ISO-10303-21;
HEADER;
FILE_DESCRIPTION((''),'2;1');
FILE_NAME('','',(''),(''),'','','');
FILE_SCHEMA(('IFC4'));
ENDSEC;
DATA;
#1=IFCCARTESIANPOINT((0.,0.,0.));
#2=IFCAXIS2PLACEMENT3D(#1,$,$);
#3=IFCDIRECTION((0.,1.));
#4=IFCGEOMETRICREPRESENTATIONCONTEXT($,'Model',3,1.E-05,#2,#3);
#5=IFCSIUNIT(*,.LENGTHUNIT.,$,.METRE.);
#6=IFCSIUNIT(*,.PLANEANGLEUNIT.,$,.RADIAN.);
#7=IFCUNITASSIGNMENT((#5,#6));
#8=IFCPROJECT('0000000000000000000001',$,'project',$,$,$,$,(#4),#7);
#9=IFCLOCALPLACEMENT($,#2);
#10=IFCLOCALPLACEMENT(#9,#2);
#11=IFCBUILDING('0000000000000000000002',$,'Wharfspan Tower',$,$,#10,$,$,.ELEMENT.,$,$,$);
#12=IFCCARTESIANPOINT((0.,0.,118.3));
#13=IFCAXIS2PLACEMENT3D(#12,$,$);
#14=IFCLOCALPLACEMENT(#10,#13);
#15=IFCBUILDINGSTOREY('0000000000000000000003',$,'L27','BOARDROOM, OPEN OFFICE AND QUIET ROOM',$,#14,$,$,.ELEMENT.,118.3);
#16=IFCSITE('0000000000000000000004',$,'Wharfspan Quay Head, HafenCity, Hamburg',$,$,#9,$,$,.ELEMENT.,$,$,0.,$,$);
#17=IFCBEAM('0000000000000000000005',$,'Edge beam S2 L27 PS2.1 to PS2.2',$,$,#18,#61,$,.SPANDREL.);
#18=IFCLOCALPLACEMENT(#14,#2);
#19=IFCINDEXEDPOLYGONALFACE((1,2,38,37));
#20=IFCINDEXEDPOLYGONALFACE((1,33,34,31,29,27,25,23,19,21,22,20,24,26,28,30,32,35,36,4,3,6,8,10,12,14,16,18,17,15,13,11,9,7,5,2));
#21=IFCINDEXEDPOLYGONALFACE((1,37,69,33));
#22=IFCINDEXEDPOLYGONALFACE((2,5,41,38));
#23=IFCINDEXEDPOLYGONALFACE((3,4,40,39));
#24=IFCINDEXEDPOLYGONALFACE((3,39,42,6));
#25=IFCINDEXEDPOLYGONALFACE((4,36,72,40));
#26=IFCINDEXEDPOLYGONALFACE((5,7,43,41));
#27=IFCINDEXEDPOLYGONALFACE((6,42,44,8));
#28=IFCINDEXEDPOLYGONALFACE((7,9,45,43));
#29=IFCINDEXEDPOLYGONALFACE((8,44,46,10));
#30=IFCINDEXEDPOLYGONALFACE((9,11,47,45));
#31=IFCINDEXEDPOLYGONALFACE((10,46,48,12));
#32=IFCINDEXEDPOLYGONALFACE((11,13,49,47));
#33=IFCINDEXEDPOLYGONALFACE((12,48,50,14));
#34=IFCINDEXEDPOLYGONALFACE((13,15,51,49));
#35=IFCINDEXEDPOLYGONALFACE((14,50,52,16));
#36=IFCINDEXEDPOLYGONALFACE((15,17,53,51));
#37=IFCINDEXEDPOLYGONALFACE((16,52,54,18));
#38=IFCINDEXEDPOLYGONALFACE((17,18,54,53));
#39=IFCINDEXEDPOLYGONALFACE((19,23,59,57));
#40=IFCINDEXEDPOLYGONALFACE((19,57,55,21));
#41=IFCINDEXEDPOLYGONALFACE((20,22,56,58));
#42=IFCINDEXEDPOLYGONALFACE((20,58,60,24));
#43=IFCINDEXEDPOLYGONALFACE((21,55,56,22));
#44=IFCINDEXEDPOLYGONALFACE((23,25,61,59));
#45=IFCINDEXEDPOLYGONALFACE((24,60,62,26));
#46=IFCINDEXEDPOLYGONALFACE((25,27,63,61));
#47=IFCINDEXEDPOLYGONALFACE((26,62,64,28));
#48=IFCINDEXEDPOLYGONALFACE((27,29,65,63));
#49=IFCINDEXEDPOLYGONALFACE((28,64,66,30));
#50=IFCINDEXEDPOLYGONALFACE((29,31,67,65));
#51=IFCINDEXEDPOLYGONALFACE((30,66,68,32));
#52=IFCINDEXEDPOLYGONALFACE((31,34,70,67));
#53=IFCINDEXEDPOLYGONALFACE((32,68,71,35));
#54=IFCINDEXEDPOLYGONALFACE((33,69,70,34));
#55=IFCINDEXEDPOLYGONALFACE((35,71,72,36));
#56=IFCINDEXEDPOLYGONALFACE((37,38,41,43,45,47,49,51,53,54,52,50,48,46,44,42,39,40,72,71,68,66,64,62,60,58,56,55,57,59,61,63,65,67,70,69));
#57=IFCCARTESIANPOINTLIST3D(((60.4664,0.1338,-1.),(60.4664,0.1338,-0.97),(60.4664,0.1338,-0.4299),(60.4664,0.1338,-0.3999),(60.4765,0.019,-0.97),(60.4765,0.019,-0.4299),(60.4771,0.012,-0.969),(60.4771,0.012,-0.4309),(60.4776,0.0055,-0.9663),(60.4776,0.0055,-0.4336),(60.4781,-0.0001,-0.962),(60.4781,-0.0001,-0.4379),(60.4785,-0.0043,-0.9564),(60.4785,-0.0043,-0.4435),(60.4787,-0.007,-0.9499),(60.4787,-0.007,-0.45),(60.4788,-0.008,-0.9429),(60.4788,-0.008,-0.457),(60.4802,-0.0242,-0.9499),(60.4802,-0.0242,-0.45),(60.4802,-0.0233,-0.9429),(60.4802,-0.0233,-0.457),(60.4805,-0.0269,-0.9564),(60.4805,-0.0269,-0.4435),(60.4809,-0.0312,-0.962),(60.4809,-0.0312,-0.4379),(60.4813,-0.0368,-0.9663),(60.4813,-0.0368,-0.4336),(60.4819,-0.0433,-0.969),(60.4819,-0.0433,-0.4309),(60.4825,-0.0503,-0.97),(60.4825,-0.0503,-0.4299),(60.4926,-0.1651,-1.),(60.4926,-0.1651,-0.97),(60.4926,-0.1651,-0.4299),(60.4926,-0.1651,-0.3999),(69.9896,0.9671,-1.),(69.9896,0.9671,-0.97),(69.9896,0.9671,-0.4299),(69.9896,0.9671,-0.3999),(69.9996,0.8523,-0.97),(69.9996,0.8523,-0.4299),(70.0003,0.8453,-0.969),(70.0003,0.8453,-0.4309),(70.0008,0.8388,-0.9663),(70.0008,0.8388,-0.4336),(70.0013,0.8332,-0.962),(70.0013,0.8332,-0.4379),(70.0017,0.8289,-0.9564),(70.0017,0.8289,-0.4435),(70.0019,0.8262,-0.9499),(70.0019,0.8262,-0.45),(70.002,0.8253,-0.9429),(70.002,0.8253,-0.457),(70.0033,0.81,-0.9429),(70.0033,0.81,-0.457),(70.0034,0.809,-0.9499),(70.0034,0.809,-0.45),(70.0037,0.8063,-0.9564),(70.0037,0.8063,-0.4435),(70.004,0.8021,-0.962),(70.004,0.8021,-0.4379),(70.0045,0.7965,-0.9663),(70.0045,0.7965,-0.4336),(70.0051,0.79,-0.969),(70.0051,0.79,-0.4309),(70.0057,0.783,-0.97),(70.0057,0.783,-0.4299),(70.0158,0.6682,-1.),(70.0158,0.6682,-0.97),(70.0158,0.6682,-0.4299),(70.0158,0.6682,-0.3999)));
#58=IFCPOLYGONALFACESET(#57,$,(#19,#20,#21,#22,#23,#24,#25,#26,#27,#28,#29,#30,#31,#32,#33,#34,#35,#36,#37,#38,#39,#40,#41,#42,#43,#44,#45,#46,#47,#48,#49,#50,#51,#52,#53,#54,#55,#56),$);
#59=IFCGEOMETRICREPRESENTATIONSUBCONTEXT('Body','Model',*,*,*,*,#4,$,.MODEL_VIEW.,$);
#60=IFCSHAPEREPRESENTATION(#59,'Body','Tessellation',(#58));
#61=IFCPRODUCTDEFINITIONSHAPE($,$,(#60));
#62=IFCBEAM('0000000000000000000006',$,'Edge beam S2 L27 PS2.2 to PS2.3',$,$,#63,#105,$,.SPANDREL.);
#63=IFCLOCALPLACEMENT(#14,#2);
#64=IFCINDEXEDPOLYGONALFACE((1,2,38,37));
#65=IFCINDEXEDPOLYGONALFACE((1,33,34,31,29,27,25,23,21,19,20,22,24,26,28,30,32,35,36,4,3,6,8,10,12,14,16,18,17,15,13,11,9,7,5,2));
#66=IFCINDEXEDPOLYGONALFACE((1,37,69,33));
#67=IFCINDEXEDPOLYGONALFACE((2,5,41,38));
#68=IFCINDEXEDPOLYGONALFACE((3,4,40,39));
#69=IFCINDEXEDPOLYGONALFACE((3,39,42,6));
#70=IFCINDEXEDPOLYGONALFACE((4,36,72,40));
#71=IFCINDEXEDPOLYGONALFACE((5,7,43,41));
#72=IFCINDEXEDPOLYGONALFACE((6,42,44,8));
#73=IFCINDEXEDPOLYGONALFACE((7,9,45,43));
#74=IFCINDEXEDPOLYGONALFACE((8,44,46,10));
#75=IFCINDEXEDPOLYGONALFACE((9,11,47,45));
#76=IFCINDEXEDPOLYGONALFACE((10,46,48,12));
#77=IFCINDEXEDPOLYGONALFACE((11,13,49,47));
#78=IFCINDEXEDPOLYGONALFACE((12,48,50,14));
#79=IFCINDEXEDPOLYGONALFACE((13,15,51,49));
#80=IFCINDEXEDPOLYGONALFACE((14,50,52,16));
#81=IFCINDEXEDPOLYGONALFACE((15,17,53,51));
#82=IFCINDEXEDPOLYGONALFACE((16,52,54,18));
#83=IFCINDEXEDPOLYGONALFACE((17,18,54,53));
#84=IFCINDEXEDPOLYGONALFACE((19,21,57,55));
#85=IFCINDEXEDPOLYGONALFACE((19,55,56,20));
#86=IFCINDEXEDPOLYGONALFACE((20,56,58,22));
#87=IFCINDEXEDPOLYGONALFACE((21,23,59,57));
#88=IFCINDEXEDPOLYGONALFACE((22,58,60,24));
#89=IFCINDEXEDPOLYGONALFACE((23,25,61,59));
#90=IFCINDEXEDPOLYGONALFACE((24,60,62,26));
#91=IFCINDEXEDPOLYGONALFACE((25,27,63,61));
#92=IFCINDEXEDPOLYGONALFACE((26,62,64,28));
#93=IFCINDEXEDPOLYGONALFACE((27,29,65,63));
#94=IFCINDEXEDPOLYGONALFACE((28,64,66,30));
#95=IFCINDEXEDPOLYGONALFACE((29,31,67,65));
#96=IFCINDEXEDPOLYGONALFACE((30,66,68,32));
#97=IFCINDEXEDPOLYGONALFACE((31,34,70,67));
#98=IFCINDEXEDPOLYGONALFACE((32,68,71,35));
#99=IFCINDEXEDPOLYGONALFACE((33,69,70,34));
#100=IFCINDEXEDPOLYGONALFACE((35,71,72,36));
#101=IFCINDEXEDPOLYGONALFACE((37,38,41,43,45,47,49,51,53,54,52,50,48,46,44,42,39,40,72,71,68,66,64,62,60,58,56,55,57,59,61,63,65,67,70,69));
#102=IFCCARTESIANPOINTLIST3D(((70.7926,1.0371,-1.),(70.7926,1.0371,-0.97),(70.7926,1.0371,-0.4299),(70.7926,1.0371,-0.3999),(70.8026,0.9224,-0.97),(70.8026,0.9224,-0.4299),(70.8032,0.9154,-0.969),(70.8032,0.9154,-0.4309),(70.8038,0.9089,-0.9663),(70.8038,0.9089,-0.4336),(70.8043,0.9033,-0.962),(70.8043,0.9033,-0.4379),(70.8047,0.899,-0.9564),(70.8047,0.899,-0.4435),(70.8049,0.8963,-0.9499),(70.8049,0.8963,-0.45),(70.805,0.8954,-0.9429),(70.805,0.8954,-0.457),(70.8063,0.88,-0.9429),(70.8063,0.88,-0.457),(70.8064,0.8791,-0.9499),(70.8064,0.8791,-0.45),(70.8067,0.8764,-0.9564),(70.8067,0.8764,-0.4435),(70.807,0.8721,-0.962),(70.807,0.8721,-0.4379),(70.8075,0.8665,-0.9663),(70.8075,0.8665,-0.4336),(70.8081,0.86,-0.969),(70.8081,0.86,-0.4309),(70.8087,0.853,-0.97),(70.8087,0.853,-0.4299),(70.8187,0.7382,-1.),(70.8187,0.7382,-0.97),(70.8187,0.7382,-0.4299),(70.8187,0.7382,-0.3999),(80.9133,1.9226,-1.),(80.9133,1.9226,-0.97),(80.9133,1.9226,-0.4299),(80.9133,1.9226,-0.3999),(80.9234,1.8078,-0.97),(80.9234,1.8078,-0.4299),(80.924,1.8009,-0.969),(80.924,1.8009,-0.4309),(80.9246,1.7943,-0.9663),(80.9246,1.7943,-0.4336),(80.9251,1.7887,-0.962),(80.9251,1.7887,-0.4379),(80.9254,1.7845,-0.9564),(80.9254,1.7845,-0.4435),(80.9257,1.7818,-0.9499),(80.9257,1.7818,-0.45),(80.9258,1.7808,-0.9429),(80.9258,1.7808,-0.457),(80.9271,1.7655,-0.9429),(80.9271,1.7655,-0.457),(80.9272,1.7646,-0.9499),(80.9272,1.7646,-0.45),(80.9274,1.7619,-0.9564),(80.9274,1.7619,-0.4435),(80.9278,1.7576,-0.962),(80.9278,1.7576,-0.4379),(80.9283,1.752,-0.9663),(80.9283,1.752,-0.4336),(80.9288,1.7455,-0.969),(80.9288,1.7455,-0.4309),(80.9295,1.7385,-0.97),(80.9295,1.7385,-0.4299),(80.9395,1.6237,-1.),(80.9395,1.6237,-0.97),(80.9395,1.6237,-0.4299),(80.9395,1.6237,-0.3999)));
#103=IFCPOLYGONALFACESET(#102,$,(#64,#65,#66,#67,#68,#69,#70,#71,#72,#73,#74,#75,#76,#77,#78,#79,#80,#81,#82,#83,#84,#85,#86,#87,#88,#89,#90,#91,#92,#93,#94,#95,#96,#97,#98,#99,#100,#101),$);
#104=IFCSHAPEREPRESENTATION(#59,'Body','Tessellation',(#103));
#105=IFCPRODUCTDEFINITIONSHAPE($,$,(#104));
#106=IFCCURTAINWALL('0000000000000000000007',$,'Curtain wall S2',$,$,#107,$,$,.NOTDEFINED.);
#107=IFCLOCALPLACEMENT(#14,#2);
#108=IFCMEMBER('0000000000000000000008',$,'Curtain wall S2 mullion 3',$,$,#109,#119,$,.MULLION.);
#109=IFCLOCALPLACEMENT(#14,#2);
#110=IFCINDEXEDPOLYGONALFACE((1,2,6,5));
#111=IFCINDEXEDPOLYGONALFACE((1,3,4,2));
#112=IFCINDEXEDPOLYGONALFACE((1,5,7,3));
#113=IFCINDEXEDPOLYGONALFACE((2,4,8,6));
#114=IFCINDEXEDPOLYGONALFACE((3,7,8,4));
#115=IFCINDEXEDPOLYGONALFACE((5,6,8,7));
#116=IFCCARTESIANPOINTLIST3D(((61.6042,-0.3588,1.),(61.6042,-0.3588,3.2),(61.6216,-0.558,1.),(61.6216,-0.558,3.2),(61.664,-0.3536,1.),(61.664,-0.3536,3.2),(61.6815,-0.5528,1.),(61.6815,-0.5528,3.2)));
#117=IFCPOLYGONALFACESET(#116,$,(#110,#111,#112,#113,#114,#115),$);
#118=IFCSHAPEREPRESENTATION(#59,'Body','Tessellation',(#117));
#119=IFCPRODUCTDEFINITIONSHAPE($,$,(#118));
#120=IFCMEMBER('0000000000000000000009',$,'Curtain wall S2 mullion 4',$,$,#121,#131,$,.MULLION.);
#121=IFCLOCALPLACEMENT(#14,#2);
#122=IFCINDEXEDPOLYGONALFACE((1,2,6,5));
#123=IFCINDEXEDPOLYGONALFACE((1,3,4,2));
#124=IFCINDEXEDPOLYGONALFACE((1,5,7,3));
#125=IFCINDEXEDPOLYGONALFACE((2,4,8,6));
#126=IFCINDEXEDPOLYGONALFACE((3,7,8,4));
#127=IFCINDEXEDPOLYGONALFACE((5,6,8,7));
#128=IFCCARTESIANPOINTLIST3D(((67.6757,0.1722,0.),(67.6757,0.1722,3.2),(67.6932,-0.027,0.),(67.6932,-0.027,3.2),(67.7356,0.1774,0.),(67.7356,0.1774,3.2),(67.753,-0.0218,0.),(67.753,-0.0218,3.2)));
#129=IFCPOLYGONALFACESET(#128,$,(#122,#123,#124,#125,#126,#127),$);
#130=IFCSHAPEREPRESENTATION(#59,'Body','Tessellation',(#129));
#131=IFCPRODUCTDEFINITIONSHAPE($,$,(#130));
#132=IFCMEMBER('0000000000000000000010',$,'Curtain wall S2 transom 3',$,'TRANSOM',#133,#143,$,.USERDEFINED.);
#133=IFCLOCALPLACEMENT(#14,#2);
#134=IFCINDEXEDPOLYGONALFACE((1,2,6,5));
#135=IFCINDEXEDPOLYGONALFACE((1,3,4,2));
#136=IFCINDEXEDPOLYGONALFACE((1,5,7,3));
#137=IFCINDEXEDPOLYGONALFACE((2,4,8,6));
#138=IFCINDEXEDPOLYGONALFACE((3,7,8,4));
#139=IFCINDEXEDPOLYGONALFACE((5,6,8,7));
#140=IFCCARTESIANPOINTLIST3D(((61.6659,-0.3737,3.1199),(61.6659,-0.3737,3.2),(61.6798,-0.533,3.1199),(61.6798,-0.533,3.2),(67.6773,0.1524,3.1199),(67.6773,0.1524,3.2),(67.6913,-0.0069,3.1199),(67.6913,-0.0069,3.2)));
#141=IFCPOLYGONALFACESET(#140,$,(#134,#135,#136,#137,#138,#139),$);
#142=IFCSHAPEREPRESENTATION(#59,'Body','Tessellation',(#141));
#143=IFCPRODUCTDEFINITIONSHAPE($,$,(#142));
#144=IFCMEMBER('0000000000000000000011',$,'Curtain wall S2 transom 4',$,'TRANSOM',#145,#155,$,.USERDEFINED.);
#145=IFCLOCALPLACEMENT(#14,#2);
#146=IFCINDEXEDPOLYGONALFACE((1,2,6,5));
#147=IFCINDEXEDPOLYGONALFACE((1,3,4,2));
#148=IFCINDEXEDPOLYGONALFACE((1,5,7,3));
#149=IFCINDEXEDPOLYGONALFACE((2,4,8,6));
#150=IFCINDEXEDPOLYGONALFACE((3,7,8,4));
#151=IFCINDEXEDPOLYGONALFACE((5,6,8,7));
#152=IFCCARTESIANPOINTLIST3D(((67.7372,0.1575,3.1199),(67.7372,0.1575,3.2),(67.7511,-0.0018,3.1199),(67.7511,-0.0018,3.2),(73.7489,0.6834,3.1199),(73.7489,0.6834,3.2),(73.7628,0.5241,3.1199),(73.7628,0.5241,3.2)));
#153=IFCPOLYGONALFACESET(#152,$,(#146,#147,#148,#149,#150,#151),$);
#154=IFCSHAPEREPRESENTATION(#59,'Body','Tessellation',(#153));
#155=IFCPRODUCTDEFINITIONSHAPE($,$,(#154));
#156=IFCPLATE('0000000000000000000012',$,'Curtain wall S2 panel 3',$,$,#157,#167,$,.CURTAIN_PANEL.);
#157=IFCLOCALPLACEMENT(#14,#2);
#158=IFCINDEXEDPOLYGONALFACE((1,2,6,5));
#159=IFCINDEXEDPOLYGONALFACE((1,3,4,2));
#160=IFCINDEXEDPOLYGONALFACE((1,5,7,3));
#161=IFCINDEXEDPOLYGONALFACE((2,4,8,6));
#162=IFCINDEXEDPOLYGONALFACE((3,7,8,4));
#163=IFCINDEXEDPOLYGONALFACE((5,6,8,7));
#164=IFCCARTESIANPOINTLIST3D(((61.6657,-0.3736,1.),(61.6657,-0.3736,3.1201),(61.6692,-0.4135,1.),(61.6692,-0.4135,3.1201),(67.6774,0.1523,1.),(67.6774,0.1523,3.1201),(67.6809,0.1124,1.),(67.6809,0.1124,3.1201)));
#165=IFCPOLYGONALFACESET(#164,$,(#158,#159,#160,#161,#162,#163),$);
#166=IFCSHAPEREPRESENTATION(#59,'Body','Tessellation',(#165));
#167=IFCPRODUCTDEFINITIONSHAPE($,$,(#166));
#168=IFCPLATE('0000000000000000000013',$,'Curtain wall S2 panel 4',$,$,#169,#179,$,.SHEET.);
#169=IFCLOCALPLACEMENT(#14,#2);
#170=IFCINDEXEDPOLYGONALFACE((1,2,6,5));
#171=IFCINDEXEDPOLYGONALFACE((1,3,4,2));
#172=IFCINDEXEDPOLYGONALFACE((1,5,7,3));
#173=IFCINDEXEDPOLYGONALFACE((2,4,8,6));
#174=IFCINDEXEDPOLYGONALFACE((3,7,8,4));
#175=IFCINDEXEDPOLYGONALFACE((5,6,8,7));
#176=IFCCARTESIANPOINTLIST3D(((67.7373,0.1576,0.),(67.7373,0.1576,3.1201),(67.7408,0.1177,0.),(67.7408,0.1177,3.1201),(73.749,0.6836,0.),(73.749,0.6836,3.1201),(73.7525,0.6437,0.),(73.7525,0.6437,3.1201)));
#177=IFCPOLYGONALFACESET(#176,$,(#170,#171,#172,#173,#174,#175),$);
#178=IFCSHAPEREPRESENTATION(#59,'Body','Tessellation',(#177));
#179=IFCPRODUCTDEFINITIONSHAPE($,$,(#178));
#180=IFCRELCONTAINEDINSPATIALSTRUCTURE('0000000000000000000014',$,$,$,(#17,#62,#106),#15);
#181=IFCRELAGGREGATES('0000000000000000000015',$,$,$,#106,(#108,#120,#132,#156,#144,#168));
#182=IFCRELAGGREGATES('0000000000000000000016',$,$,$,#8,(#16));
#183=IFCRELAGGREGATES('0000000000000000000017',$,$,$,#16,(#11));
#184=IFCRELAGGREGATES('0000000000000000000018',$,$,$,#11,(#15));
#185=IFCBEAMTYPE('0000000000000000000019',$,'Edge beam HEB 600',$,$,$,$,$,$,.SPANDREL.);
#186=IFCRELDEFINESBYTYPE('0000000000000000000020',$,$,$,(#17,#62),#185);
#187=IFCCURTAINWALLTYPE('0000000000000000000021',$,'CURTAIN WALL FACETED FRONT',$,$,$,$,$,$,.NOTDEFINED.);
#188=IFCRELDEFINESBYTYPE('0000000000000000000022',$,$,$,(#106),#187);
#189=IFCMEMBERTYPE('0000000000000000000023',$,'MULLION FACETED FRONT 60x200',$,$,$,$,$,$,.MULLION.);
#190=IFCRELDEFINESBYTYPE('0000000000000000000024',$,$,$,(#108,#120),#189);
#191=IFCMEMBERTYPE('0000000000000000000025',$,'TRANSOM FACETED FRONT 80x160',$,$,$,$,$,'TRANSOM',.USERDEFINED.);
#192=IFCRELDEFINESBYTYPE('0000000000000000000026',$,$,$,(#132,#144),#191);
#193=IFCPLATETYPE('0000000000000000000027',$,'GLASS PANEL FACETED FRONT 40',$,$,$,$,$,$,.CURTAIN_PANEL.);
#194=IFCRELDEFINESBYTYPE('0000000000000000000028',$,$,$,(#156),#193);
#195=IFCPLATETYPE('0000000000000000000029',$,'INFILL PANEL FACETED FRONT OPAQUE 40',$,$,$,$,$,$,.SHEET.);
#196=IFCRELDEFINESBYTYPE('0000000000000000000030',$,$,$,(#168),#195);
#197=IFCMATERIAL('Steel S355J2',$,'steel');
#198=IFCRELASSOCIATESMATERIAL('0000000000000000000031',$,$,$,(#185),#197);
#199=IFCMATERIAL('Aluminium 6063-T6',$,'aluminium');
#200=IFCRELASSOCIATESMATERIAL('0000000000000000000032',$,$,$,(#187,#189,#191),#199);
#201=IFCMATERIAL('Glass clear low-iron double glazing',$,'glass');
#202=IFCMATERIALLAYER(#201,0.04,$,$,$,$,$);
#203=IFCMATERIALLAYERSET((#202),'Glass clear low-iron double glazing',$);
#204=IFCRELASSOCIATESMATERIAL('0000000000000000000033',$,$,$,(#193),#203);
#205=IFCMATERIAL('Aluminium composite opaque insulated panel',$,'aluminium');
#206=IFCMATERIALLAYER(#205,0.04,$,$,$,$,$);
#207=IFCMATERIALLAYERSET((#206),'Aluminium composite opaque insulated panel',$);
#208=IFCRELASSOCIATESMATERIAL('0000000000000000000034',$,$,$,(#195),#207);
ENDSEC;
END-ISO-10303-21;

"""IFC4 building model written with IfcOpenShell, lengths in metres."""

from ifc_helpers import new_model, si_unit, direction, frame, origin, origin_2d, place, context, subcontext, project, spatial, rectangle, i_section, extrude, material, layer, layer_set, material_profile, profile_set, type_object, element, aggregate, save


model = new_model("IFC4")

# Units and contexts
model_context = context("Model", 3, precision=1e-05, world=origin(), true_north=direction((0.0, 1.0)))
body_context = subcontext(model_context, "Body", "Model", "MODEL_VIEW")
ifc_project = project(units=[si_unit("LENGTHUNIT", "METRE"), si_unit("PLANEANGLEUNIT", "RADIAN")], contexts=[model_context])

# Site, building, storey
site_placement = place(None, origin())
site = spatial("IfcSite", under=ifc_project, at=site_placement, Name="Wharfspan Quay Head, HafenCity, Hamburg", CompositionType="ELEMENT", RefElevation=0.0)
building_placement = place(site_placement, origin())
building = spatial("IfcBuilding", under=site, at=building_placement, Name="Wharfspan Tower", CompositionType="ELEMENT")
storey_placement = place(building_placement, frame((0.0, 0.0, 118.3)))
storey = spatial("IfcBuildingStorey", under=building, at=storey_placement, Name="L27", Description="BOARDROOM, OPEN OFFICE AND QUIET ROOM", CompositionType="ELEMENT", Elevation=118.3)

# Shared definitions
ifc_material_1 = material(Name="Steel S355J2", Category="steel")

# Beams
ifc_material_profile_1 = material_profile(ifc_material_1, i_section(OverallWidth=0.3, OverallDepth=0.6001, WebThickness=0.0154, FlangeThickness=0.03, FilletRadius=0.0271, at=origin_2d()))
ifc_profile_set_1 = profile_set([ifc_material_profile_1], Name="Steel S355J2")
beam_type = type_object("IfcBeamType", Name="Edge beam HEB 600", PredefinedType="SPANDREL", material=ifc_profile_set_1)
beam_1_placement = place(storey_placement, frame((60.4795, -0.0156, -0.7), z_axis=(0.996194, 0.087164, 0.0), x_axis=(-0.087164, 0.996194, 0.0)))
element("IfcBeam", 1, at=beam_1_placement, inside=storey, type_object=beam_type, Name="Edge beam S2 L27 PS2.1 to PS2.2", PredefinedType="SPANDREL", context=body_context, shape_type="SweptSolid", body=[
    extrude(i_section(OverallWidth=0.3, OverallDepth=0.6001, WebThickness=0.0154, FlangeThickness=0.03, FilletRadius=0.0271, at=origin_2d()), origin(), (0.0, 0.0, 1.0), 9.5596),
])
beam_2_placement = place(storey_placement, frame((70.8057, 0.8877, -0.7), z_axis=(0.996194, 0.087159, 0.0), x_axis=(-0.087159, 0.996194, 0.0)))
element("IfcBeam", 2, at=beam_2_placement, inside=storey, type_object=beam_type, Name="Edge beam S2 L27 PS2.2 to PS2.3", PredefinedType="SPANDREL", context=body_context, shape_type="SweptSolid", body=[
    extrude(i_section(OverallWidth=0.3, OverallDepth=0.6001, WebThickness=0.0154, FlangeThickness=0.03, FilletRadius=0.0271, at=origin_2d()), origin(), (0.0, 0.0, 1.0), 10.1594),
])

# Curtain wall, members, plates
ifc_material_2 = material(Name="Aluminium 6063-T6", Category="aluminium")
curtain_wall_type = type_object("IfcCurtainWallType", Name="CURTAIN WALL FACETED FRONT", PredefinedType="NOTDEFINED", material=ifc_material_2)
curtain_wall_placement = place(storey_placement, origin())
curtain_wall = element("IfcCurtainWall", 3, at=curtain_wall_placement, inside=storey, type_object=curtain_wall_type, Name="Curtain wall S2", PredefinedType="NOTDEFINED")
ifc_material_profile_2 = material_profile(ifc_material_2, rectangle(XDim=0.2, YDim=0.0601, at=origin_2d()))
ifc_profile_set_2 = profile_set([ifc_material_profile_2], Name="Aluminium 6063-T6")
member_type_1 = type_object("IfcMemberType", Name="MULLION FACETED FRONT 60x200", PredefinedType="MULLION", material=ifc_profile_set_2)
member_1_placement = place(storey_placement, frame((61.6428, -0.4558, 1.0), z_axis=(0.0, 0.0, 1.0), x_axis=(-0.087156, 0.996198, 0.0)))
member_1 = element("IfcMember", 4, at=member_1_placement, type_object=member_type_1, Name="Curtain wall S2 mullion 3", PredefinedType="MULLION", context=body_context, shape_type="SweptSolid", body=[
    extrude(rectangle(XDim=0.2, YDim=0.0601, at=origin_2d()), origin(), (0.0, 0.0, 1.0), 2.2),
])
member_2_placement = place(storey_placement, frame((67.7144, 0.0752, 0.0), z_axis=(0.0, 0.0, 1.0), x_axis=(-0.087156, 0.996198, 0.0)))
member_2 = element("IfcMember", 5, at=member_2_placement, type_object=member_type_1, Name="Curtain wall S2 mullion 4", PredefinedType="MULLION", context=body_context, shape_type="SweptSolid", body=[
    extrude(rectangle(XDim=0.2, YDim=0.0601, at=origin_2d()), origin(), (0.0, 0.0, 1.0), 3.2),
])
ifc_material_profile_3 = material_profile(ifc_material_2, rectangle(XDim=0.1599, YDim=0.0801, at=origin_2d()))
ifc_profile_set_3 = profile_set([ifc_material_profile_3], Name="Aluminium 6063-T6")
member_type_2 = type_object("IfcMemberType", Name="TRANSOM FACETED FRONT 80x160", ElementType="TRANSOM", PredefinedType="USERDEFINED", material=ifc_profile_set_3)
member_3_placement = place(storey_placement, frame((61.6729, -0.4534, 3.1599), z_axis=(0.996192, 0.087187, 0.0), x_axis=(-0.087187, 0.996192, 0.0)))
member_3 = element("IfcMember", 6, at=member_3_placement, type_object=member_type_2, Name="Curtain wall S2 transom 3", ObjectType="TRANSOM", PredefinedType="USERDEFINED", context=body_context, shape_type="SweptSolid", body=[
    extrude(rectangle(XDim=0.1599, YDim=0.0801, at=origin_2d()), origin(), (0.0, 0.0, 1.0), 6.0344),
])
member_4_placement = place(storey_placement, frame((67.7441, 0.0779, 3.1599), z_axis=(0.996196, 0.087143, 0.0), x_axis=(-0.087143, 0.996196, 0.0)))
member_4 = element("IfcMember", 7, at=member_4_placement, type_object=member_type_2, Name="Curtain wall S2 transom 4", ObjectType="TRANSOM", PredefinedType="USERDEFINED", context=body_context, shape_type="SweptSolid", body=[
    extrude(rectangle(XDim=0.1599, YDim=0.0801, at=origin_2d()), origin(), (0.0, 0.0, 1.0), 6.0347),
])
ifc_material_3 = material(Name="Glass clear low-iron double glazing", Category="glass")
ifc_layer_1 = layer(ifc_material_3, 0.04)
ifc_layer_set_1 = layer_set([ifc_layer_1], Name="Glass clear low-iron double glazing")
plate_type_1 = type_object("IfcPlateType", Name="GLASS PANEL FACETED FRONT 40", PredefinedType="CURTAIN_PANEL", material=ifc_layer_set_1)
plate_1_placement = place(storey_placement, frame((64.6733, -0.1306, 1.0), z_axis=(0.0, 0.0, 1.0), x_axis=(0.996198, 0.087156, 0.0)))
plate_1 = element("IfcPlate", 8, at=plate_1_placement, type_object=plate_type_1, Name="Curtain wall S2 panel 3", PredefinedType="CURTAIN_PANEL", context=body_context, shape_type="SweptSolid", body=[
    extrude(rectangle(XDim=6.0347, YDim=0.04, at=origin_2d()), origin(), (0.0, 0.0, 1.0), 2.1201),
])
ifc_material_4 = material(Name="Aluminium composite opaque insulated panel", Category="aluminium")
ifc_layer_2 = layer(ifc_material_4, 0.04)
ifc_layer_set_2 = layer_set([ifc_layer_2], Name="Aluminium composite opaque insulated panel")
plate_type_2 = type_object("IfcPlateType", Name="INFILL PANEL FACETED FRONT OPAQUE 40", PredefinedType="SHEET", material=ifc_layer_set_2)
plate_2_placement = place(storey_placement, frame((70.7449, 0.4006, 0.0), z_axis=(0.0, 0.0, 1.0), x_axis=(0.996198, 0.087156, 0.0)))
plate_2 = element("IfcPlate", 9, at=plate_2_placement, type_object=plate_type_2, Name="Curtain wall S2 panel 4", PredefinedType="SHEET", context=body_context, shape_type="SweptSolid", body=[
    extrude(rectangle(XDim=6.0347, YDim=0.04, at=origin_2d()), origin(), (0.0, 0.0, 1.0), 3.1201),
])
aggregate(curtain_wall, [member_1, member_2, member_3, plate_1, member_4, plate_2])

save(model, "model.ifc")
